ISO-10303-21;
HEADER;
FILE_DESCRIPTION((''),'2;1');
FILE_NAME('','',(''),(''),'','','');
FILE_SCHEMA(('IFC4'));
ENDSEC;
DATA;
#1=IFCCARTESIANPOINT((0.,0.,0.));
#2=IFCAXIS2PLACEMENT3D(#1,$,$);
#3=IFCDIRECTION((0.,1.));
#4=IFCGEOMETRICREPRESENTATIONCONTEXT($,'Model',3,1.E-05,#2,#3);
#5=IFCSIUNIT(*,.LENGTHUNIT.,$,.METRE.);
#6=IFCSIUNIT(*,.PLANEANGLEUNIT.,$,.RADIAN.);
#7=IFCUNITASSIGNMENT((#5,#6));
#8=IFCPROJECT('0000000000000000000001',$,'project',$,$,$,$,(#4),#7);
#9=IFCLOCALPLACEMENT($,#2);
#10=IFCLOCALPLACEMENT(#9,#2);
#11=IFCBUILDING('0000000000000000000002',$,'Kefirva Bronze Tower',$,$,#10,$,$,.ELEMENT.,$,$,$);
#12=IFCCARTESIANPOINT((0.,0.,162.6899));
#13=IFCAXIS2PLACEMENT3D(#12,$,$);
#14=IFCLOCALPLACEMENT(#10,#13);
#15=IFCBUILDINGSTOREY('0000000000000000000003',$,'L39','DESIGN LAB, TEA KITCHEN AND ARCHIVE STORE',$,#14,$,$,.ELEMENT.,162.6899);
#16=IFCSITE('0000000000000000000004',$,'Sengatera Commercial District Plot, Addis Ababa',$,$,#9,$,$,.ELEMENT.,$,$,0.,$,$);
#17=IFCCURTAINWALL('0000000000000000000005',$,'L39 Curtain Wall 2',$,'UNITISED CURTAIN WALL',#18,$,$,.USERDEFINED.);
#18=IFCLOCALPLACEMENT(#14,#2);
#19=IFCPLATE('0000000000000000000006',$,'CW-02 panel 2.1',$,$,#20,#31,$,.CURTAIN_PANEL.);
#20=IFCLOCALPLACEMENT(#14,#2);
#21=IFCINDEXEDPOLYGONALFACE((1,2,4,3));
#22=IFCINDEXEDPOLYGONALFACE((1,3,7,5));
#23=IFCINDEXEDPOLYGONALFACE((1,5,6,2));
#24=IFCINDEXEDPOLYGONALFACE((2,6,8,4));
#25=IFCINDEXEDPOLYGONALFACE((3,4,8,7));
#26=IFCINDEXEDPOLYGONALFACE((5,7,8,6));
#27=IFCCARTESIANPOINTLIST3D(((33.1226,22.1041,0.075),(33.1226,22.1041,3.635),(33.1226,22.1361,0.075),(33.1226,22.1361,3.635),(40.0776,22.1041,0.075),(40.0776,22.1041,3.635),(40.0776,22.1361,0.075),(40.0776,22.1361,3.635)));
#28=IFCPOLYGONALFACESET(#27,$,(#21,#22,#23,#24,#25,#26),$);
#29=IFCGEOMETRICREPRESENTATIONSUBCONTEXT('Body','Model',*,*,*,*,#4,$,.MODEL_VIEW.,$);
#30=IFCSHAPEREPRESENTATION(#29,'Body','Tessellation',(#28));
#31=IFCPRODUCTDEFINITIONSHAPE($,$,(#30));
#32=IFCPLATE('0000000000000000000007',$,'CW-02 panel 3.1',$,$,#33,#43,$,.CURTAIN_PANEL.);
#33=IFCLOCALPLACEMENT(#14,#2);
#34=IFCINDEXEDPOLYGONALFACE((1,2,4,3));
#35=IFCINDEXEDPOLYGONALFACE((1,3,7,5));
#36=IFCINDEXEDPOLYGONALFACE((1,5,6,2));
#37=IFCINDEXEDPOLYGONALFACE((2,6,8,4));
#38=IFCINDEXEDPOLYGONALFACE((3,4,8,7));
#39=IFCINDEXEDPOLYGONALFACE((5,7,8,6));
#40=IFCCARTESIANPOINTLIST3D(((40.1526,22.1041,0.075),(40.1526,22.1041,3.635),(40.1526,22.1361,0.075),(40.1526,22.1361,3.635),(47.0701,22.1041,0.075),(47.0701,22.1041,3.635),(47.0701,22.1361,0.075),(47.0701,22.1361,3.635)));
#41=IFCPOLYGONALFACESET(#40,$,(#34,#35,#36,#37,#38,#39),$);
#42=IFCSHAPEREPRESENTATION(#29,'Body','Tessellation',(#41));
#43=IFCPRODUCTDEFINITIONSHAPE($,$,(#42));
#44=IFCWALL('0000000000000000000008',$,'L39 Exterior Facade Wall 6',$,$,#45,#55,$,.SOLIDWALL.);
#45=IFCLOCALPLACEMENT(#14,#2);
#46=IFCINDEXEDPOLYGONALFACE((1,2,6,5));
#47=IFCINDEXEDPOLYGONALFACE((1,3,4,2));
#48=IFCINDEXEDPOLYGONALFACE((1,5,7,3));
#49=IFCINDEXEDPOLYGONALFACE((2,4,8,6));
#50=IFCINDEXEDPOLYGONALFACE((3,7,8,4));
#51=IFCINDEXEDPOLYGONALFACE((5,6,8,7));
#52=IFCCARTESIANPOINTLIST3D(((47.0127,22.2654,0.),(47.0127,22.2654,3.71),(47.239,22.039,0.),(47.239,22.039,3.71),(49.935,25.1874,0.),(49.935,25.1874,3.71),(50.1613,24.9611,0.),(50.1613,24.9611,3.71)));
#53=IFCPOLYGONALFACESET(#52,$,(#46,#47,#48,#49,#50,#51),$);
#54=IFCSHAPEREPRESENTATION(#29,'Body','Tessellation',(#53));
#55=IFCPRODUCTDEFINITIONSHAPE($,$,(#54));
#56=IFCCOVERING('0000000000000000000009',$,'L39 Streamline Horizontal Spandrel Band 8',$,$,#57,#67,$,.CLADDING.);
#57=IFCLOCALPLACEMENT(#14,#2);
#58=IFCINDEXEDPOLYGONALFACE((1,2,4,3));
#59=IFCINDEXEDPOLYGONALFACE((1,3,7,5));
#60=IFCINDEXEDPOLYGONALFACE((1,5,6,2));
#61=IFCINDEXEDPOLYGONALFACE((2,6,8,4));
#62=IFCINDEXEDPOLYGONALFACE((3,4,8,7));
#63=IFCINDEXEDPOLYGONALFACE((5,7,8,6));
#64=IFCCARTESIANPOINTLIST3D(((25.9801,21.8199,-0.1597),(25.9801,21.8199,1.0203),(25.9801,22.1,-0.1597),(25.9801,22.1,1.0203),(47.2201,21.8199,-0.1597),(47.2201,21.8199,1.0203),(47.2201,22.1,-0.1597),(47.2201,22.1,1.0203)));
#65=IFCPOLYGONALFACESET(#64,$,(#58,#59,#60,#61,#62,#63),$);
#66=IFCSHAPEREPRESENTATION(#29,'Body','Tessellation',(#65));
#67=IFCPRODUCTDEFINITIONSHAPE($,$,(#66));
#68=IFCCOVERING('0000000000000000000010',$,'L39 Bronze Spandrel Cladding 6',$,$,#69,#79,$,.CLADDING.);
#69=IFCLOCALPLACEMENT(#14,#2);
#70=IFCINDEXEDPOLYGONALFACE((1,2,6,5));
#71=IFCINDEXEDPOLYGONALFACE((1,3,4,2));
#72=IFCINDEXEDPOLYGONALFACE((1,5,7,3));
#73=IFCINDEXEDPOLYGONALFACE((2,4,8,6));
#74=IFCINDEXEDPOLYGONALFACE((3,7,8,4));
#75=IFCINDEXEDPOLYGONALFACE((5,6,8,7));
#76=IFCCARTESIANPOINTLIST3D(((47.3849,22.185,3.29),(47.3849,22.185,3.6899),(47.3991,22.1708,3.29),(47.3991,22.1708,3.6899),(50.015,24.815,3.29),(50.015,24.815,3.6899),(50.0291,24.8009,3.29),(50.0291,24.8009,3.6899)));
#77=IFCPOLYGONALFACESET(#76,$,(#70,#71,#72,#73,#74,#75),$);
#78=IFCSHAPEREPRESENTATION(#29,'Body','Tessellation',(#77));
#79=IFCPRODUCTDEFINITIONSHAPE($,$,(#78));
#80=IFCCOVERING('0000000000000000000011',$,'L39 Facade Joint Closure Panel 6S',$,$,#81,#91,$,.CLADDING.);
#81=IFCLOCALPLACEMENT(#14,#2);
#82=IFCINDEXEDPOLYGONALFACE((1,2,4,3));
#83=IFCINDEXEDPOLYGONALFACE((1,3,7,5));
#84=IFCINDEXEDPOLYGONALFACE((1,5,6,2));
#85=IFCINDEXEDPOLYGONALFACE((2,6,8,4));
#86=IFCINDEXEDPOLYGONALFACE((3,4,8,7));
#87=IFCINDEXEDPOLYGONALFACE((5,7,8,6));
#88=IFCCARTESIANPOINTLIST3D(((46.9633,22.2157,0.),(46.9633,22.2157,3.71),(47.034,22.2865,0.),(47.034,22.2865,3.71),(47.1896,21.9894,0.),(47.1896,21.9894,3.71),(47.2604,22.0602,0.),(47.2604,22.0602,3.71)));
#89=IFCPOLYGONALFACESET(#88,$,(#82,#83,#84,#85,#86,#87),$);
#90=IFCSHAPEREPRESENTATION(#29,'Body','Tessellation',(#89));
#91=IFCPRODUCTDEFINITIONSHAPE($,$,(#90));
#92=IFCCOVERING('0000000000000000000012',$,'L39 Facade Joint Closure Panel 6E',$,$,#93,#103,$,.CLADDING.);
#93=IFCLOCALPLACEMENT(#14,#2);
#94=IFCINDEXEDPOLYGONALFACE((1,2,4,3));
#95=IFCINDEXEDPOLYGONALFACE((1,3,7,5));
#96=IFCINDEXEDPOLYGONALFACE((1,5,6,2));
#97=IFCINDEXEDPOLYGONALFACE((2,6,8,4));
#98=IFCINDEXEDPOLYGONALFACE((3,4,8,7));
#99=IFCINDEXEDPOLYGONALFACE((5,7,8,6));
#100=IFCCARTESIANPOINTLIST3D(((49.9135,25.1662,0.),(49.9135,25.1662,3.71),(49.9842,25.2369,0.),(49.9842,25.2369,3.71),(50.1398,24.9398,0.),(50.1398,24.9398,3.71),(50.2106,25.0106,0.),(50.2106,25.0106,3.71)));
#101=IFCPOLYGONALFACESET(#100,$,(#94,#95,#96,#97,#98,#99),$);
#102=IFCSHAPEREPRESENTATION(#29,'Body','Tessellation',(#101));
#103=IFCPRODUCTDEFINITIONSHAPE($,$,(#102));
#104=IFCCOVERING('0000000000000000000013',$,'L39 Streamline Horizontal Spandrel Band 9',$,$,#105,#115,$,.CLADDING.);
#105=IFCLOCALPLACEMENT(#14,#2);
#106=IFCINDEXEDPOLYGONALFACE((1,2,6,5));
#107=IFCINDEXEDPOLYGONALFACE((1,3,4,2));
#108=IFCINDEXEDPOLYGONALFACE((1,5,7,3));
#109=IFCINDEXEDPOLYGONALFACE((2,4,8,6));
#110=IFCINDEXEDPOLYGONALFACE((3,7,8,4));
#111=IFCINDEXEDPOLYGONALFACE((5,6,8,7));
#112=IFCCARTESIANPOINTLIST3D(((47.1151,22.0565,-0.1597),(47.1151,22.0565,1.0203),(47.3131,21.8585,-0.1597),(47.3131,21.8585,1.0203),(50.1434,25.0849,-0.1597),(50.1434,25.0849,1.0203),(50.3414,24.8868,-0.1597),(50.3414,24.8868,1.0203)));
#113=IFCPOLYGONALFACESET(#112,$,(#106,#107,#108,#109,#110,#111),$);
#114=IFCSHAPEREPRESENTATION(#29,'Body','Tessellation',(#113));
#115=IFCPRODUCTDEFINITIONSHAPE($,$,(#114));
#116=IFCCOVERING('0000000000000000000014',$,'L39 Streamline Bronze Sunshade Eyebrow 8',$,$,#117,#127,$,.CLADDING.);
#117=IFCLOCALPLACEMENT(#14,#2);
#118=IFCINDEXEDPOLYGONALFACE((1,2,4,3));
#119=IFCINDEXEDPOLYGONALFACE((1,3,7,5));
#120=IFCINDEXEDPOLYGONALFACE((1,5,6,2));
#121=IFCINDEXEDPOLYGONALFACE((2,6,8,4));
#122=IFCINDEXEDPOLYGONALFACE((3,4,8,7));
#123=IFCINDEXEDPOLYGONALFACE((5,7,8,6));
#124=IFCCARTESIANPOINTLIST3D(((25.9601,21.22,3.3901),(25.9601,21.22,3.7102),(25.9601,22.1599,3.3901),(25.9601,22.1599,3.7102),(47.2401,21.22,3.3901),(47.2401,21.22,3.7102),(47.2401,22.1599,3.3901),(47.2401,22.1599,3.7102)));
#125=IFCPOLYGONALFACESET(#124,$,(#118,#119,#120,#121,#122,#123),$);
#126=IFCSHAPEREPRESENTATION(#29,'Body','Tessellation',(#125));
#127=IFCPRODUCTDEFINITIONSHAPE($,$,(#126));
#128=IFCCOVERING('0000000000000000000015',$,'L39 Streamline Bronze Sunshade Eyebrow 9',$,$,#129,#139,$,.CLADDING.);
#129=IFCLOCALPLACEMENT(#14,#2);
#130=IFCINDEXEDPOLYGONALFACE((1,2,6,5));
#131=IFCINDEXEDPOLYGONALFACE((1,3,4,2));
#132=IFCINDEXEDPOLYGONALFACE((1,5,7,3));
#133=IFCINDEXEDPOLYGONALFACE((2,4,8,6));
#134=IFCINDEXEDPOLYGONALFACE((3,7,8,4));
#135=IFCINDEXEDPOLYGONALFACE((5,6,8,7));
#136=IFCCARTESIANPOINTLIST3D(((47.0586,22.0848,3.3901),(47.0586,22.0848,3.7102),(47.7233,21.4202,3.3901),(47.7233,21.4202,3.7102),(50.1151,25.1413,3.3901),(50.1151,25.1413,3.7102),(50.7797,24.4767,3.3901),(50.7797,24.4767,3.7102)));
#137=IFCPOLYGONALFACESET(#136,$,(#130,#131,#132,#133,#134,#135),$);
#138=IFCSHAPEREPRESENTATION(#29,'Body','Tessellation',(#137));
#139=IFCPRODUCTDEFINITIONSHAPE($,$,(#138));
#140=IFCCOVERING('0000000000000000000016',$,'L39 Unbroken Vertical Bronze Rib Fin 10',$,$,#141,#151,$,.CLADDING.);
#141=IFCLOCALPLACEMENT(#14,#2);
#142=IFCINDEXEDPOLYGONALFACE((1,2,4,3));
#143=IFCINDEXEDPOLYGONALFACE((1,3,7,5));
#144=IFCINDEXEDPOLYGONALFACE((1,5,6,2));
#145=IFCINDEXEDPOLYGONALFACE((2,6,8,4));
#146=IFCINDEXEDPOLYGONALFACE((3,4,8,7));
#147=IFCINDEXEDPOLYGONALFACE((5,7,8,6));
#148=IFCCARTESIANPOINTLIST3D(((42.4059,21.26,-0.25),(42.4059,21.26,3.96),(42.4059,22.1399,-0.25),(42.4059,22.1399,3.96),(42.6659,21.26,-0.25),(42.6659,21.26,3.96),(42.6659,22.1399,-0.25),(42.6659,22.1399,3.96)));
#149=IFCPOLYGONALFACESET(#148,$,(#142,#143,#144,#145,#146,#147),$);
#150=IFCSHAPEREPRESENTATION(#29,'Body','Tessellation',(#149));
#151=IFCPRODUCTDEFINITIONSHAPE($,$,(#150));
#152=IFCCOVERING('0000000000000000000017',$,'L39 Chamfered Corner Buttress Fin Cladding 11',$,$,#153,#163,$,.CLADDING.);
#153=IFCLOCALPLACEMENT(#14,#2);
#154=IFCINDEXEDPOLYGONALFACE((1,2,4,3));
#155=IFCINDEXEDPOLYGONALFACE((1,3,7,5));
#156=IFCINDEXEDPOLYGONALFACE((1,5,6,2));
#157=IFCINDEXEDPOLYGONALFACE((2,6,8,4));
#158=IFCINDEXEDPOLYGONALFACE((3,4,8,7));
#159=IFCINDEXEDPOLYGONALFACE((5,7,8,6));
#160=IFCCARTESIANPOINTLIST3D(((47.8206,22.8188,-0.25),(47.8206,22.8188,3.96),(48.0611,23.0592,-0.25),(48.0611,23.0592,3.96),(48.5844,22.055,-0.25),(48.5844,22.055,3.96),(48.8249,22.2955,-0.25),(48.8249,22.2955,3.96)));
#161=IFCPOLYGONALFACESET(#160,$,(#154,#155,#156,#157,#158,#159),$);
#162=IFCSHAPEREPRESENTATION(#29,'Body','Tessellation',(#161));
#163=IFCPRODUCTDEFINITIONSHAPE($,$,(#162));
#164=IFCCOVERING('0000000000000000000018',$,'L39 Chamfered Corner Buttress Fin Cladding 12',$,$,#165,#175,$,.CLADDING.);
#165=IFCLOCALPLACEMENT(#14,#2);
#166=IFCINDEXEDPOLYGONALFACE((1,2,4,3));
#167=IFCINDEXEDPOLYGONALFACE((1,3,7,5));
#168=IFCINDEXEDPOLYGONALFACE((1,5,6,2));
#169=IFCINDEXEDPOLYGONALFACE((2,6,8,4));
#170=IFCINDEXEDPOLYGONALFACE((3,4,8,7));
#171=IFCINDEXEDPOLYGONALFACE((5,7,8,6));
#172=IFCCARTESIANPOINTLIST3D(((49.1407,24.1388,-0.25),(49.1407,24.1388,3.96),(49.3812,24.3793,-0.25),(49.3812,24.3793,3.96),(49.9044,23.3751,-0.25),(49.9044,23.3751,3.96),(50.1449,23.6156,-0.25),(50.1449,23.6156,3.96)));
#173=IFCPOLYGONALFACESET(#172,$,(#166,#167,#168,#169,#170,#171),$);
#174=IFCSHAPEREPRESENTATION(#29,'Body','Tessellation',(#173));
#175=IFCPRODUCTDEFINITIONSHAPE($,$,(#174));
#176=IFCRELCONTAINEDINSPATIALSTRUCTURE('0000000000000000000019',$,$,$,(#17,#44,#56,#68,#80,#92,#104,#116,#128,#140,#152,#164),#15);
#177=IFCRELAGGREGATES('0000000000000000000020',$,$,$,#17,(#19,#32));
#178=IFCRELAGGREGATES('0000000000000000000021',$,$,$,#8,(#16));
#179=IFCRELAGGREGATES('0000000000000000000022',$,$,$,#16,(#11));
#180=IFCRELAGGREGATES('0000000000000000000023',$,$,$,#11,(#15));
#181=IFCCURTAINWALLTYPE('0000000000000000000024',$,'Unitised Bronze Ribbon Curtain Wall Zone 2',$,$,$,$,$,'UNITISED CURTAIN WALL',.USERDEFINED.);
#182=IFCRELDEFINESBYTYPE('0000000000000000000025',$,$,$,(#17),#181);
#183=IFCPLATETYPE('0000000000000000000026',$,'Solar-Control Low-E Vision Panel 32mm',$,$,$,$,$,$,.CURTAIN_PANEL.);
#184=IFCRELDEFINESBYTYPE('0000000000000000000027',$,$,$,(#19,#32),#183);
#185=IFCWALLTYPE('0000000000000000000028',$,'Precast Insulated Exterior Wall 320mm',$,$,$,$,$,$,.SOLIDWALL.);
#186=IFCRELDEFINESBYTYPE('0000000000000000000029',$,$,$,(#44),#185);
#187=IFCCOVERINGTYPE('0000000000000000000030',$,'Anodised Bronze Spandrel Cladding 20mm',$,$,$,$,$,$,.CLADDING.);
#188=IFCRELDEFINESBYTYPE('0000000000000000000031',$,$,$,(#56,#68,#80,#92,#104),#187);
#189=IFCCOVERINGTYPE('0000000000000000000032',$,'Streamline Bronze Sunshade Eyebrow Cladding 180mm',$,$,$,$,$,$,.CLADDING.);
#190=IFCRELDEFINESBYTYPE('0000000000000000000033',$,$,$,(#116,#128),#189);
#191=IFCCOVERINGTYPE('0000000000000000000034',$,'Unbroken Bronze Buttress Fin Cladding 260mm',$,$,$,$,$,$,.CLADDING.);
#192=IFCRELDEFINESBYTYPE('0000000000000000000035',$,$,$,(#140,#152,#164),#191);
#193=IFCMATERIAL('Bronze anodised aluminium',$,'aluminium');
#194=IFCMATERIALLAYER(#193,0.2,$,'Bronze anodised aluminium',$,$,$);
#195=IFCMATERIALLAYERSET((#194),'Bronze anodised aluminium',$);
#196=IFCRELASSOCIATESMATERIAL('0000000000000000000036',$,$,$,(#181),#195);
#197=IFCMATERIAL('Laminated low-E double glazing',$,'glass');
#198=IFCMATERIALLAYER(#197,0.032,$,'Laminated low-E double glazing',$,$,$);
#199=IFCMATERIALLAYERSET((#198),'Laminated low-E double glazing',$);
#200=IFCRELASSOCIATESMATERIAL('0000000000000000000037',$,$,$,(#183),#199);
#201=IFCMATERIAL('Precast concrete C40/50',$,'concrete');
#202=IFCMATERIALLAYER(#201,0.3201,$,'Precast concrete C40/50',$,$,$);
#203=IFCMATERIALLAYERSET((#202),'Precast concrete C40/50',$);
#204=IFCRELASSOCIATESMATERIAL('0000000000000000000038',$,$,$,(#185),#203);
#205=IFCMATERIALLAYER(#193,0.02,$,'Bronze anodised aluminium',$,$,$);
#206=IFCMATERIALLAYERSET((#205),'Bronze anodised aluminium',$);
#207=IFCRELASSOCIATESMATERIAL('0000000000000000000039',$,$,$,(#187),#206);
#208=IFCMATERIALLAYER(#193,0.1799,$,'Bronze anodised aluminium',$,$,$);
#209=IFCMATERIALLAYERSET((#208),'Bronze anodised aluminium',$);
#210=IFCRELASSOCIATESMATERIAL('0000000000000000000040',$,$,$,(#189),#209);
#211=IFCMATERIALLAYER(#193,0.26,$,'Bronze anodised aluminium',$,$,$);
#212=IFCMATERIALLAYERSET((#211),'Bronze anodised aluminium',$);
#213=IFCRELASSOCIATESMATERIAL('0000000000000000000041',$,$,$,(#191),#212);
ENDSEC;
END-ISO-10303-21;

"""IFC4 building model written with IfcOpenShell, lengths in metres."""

from ifc_helpers import new_model, si_unit, direction, frame, frame_2d, origin, origin_2d, place, context, subcontext, project, spatial, rectangle, extrude, material, layer, layer_set, type_object, element, aggregate, save


model = new_model("IFC4")

# Units and contexts
model_context = context("Model", 3, precision=1e-05, world=origin(), true_north=direction((0.0, 1.0)))
body_context = subcontext(model_context, "Body", "Model", "MODEL_VIEW")
ifc_project = project(units=[si_unit("LENGTHUNIT", "METRE"), si_unit("PLANEANGLEUNIT", "RADIAN")], contexts=[model_context])

# Site, building, storey
site_placement = place(None, origin())
site = spatial("IfcSite", under=ifc_project, at=site_placement, Name="Sengatera Commercial District Plot, Addis Ababa", CompositionType="ELEMENT", RefElevation=0.0)
building_placement = place(site_placement, origin())
building = spatial("IfcBuilding", under=site, at=building_placement, Name="Kefirva Bronze Tower", CompositionType="ELEMENT")
storey_placement = place(building_placement, frame((0.0, 0.0, 162.6899)))
storey = spatial("IfcBuildingStorey", under=building, at=storey_placement, Name="L39", Description="DESIGN LAB, TEA KITCHEN AND ARCHIVE STORE", CompositionType="ELEMENT", Elevation=162.6899)

# Curtain wall
ifc_material_1 = material(Name="Bronze anodised aluminium", Category="aluminium")
ifc_layer_1 = layer(ifc_material_1, 0.2, Name="Bronze anodised aluminium")
ifc_layer_set_1 = layer_set([ifc_layer_1], Name="Bronze anodised aluminium")
curtain_wall_type = type_object("IfcCurtainWallType", Name="Unitised Bronze Ribbon Curtain Wall Zone 2", ElementType="UNITISED CURTAIN WALL", PredefinedType="USERDEFINED", material=ifc_layer_set_1)
curtain_wall_1_placement = place(storey_placement, origin())
curtain_wall_1 = element("IfcCurtainWall", 1, at=curtain_wall_1_placement, inside=storey, type_object=curtain_wall_type, Name="L39 Curtain Wall 2", ObjectType="UNITISED CURTAIN WALL", PredefinedType="USERDEFINED")

# Plates
ifc_material_2 = material(Name="Laminated low-E double glazing", Category="glass")
ifc_layer_2 = layer(ifc_material_2, 0.032, Name="Laminated low-E double glazing")
ifc_layer_set_2 = layer_set([ifc_layer_2], Name="Laminated low-E double glazing")
plate_type = type_object("IfcPlateType", Name="Solar-Control Low-E Vision Panel 32mm", PredefinedType="CURTAIN_PANEL", material=ifc_layer_set_2)
plate_1_placement = place(storey_placement, frame((36.6001, 22.1201, 0.075), z_axis=(0.0, 0.0, 1.0), x_axis=(1.0, 0.0, 0.0)))
plate_1 = element("IfcPlate", 2, at=plate_1_placement, type_object=plate_type, Name="CW-02 panel 2.1", PredefinedType="CURTAIN_PANEL", context=body_context, shape_type="SweptSolid", body=[
    extrude(rectangle(XDim=6.9551, YDim=0.032, at=origin_2d()), origin(), (0.0, 0.0, 1.0), 3.5601),
])
plate_2_placement = place(storey_placement, frame((43.6113, 22.1201, 0.075), z_axis=(0.0, 0.0, 1.0), x_axis=(1.0, 0.0, 0.0)))
plate_2 = element("IfcPlate", 3, at=plate_2_placement, type_object=plate_type, Name="CW-02 panel 3.1", PredefinedType="CURTAIN_PANEL", context=body_context, shape_type="SweptSolid", body=[
    extrude(rectangle(XDim=6.9175, YDim=0.032, at=origin_2d()), origin(), (0.0, 0.0, 1.0), 3.5601),
])
aggregate(curtain_wall_1, [plate_1, plate_2])

# Wall
ifc_material_3 = material(Name="Precast concrete C40/50", Category="concrete")
ifc_layer_3 = layer(ifc_material_3, 0.3201, Name="Precast concrete C40/50")
ifc_layer_set_3 = layer_set([ifc_layer_3], Name="Precast concrete C40/50")
wall_type = type_object("IfcWallType", Name="Precast Insulated Exterior Wall 320mm", PredefinedType="SOLIDWALL", material=ifc_layer_set_3)
wall_placement = place(storey_placement, frame((47.1257, 22.1521, 0.0), z_axis=(0.0, 0.0, 1.0), x_axis=(0.707136, 0.707077, 0.0)))
element("IfcWall", 4, at=wall_placement, inside=storey, type_object=wall_type, Name="L39 Exterior Facade Wall 6", PredefinedType="SOLIDWALL", context=body_context, shape_type="SweptSolid", body=[
    extrude(rectangle(XDim=4.1326, YDim=0.3201, at=frame_2d((2.0664, 0.0))), origin(), (0.0, 0.0, 1.0), 3.71),
])

# Coverings
ifc_layer_4 = layer(ifc_material_1, 0.02, Name="Bronze anodised aluminium")
ifc_layer_set_4 = layer_set([ifc_layer_4], Name="Bronze anodised aluminium")
covering_type_1 = type_object("IfcCoveringType", Name="Anodised Bronze Spandrel Cladding 20mm", PredefinedType="CLADDING", material=ifc_layer_set_4)
covering_1_placement = place(storey_placement, frame((36.6001, 21.96, -0.1597), z_axis=(0.0, 0.0, 1.0), x_axis=(1.0, 0.0, 0.0)))
element("IfcCovering", 5, at=covering_1_placement, inside=storey, type_object=covering_type_1, Name="L39 Streamline Horizontal Spandrel Band 8", PredefinedType="CLADDING", context=body_context, shape_type="SweptSolid", body=[
    extrude(rectangle(XDim=21.24, YDim=0.28, at=origin_2d()), origin(), (0.0, 0.0, 1.0), 1.1799),
])
covering_2_placement = place(storey_placement, frame((48.707, 23.4929, 3.29), z_axis=(0.0, 0.0, 1.0), x_axis=(0.707107, 0.707107, 0.0)))
element("IfcCovering", 6, at=covering_2_placement, inside=storey, type_object=covering_type_1, Name="L39 Bronze Spandrel Cladding 6", PredefinedType="CLADDING", context=body_context, shape_type="SweptSolid", body=[
    extrude(rectangle(XDim=3.7195, YDim=0.02, at=origin_2d()), origin(), (0.0, 0.0, 1.0), 0.3999),
])
for number, where, z_axis, x_axis, name in (
    (7, (47.1118, 22.1379, 0.0), (0.0, 0.0, 1.0), (0.707107, 0.707107, 0.0), "L39 Facade Joint Closure Panel 6S"),
    (8, (50.062, 25.0884, 0.0), (0.0, 0.0, 1.0), (0.707107, 0.707107, 0.0), "L39 Facade Joint Closure Panel 6E"),
):
    element("IfcCovering", number, at=place(storey_placement, frame(where, z_axis=z_axis, x_axis=x_axis)), inside=storey, type_object=covering_type_1, Name=name, PredefinedType="CLADDING", context=body_context, shape_type="SweptSolid", body=[
        extrude(rectangle(XDim=0.1001, YDim=0.3201, at=origin_2d()), origin(), (0.0, 0.0, 1.0), 3.71),
    ])
covering_3_placement = place(storey_placement, frame((48.7283, 23.4717, -0.1597), z_axis=(0.0, 0.0, 1.0), x_axis=(0.707107, 0.707107, 0.0)))
element("IfcCovering", 9, at=covering_3_placement, inside=storey, type_object=covering_type_1, Name="L39 Streamline Horizontal Spandrel Band 9", PredefinedType="CLADDING", context=body_context, shape_type="SweptSolid", body=[
    extrude(rectangle(XDim=4.2827, YDim=0.28, at=origin_2d()), origin(), (0.0, 0.0, 1.0), 1.1799),
])
ifc_layer_5 = layer(ifc_material_1, 0.1799, Name="Bronze anodised aluminium")
ifc_layer_set_5 = layer_set([ifc_layer_5], Name="Bronze anodised aluminium")
covering_type_2 = type_object("IfcCoveringType", Name="Streamline Bronze Sunshade Eyebrow Cladding 180mm", PredefinedType="CLADDING", material=ifc_layer_set_5)
covering_4_placement = place(storey_placement, frame((36.6001, 21.6899, 3.3901), z_axis=(0.0, 0.0, 1.0), x_axis=(1.0, 0.0, 0.0)))
element("IfcCovering", 10, at=covering_4_placement, inside=storey, type_object=covering_type_2, Name="L39 Streamline Bronze Sunshade Eyebrow 8", PredefinedType="CLADDING", context=body_context, shape_type="SweptSolid", body=[
    extrude(rectangle(XDim=21.28, YDim=0.9399, at=origin_2d()), origin(), (0.0, 0.0, 1.0), 0.3201),
])
covering_5_placement = place(storey_placement, frame((48.9192, 23.2808, 3.3901), z_axis=(0.0, 0.0, 1.0), x_axis=(0.707107, 0.707107, 0.0)))
element("IfcCovering", 11, at=covering_5_placement, inside=storey, type_object=covering_type_2, Name="L39 Streamline Bronze Sunshade Eyebrow 9", PredefinedType="CLADDING", context=body_context, shape_type="SweptSolid", body=[
    extrude(rectangle(XDim=4.3225, YDim=0.9399, at=origin_2d()), origin(), (0.0, 0.0, 1.0), 0.3201),
])
ifc_layer_6 = layer(ifc_material_1, 0.26, Name="Bronze anodised aluminium")
ifc_layer_set_6 = layer_set([ifc_layer_6], Name="Bronze anodised aluminium")
covering_type_3 = type_object("IfcCoveringType", Name="Unbroken Bronze Buttress Fin Cladding 260mm", PredefinedType="CLADDING", material=ifc_layer_set_6)
covering_6_placement = place(storey_placement, frame((42.5359, 21.7, -0.25), z_axis=(0.0, 0.0, 1.0), x_axis=(1.0, 0.0, 0.0)))
element("IfcCovering", 12, at=covering_6_placement, inside=storey, type_object=covering_type_3, Name="L39 Unbroken Vertical Bronze Rib Fin 10", PredefinedType="CLADDING", context=body_context, shape_type="SweptSolid", body=[
    extrude(rectangle(XDim=0.26, YDim=0.8799, at=origin_2d()), origin(), (0.0, 0.0, 1.0), 4.21),
])
for number, where, z_axis, x_axis, name in (
    (13, (48.3228, 22.5571, -0.25), (0.0, 0.0, 1.0), (0.707107, 0.707107, 0.0), "L39 Chamfered Corner Buttress Fin Cladding 11"),
    (14, (49.6428, 23.8772, -0.25), (0.0, 0.0, 1.0), (0.707107, 0.707107, 0.0), "L39 Chamfered Corner Buttress Fin Cladding 12"),
):
    element("IfcCovering", number, at=place(storey_placement, frame(where, z_axis=z_axis, x_axis=x_axis)), inside=storey, type_object=covering_type_3, Name=name, PredefinedType="CLADDING", context=body_context, shape_type="SweptSolid", body=[
        extrude(rectangle(XDim=0.3401, YDim=1.0801, at=origin_2d()), origin(), (0.0, 0.0, 1.0), 4.21),
    ])

save(model, "model.ifc")
